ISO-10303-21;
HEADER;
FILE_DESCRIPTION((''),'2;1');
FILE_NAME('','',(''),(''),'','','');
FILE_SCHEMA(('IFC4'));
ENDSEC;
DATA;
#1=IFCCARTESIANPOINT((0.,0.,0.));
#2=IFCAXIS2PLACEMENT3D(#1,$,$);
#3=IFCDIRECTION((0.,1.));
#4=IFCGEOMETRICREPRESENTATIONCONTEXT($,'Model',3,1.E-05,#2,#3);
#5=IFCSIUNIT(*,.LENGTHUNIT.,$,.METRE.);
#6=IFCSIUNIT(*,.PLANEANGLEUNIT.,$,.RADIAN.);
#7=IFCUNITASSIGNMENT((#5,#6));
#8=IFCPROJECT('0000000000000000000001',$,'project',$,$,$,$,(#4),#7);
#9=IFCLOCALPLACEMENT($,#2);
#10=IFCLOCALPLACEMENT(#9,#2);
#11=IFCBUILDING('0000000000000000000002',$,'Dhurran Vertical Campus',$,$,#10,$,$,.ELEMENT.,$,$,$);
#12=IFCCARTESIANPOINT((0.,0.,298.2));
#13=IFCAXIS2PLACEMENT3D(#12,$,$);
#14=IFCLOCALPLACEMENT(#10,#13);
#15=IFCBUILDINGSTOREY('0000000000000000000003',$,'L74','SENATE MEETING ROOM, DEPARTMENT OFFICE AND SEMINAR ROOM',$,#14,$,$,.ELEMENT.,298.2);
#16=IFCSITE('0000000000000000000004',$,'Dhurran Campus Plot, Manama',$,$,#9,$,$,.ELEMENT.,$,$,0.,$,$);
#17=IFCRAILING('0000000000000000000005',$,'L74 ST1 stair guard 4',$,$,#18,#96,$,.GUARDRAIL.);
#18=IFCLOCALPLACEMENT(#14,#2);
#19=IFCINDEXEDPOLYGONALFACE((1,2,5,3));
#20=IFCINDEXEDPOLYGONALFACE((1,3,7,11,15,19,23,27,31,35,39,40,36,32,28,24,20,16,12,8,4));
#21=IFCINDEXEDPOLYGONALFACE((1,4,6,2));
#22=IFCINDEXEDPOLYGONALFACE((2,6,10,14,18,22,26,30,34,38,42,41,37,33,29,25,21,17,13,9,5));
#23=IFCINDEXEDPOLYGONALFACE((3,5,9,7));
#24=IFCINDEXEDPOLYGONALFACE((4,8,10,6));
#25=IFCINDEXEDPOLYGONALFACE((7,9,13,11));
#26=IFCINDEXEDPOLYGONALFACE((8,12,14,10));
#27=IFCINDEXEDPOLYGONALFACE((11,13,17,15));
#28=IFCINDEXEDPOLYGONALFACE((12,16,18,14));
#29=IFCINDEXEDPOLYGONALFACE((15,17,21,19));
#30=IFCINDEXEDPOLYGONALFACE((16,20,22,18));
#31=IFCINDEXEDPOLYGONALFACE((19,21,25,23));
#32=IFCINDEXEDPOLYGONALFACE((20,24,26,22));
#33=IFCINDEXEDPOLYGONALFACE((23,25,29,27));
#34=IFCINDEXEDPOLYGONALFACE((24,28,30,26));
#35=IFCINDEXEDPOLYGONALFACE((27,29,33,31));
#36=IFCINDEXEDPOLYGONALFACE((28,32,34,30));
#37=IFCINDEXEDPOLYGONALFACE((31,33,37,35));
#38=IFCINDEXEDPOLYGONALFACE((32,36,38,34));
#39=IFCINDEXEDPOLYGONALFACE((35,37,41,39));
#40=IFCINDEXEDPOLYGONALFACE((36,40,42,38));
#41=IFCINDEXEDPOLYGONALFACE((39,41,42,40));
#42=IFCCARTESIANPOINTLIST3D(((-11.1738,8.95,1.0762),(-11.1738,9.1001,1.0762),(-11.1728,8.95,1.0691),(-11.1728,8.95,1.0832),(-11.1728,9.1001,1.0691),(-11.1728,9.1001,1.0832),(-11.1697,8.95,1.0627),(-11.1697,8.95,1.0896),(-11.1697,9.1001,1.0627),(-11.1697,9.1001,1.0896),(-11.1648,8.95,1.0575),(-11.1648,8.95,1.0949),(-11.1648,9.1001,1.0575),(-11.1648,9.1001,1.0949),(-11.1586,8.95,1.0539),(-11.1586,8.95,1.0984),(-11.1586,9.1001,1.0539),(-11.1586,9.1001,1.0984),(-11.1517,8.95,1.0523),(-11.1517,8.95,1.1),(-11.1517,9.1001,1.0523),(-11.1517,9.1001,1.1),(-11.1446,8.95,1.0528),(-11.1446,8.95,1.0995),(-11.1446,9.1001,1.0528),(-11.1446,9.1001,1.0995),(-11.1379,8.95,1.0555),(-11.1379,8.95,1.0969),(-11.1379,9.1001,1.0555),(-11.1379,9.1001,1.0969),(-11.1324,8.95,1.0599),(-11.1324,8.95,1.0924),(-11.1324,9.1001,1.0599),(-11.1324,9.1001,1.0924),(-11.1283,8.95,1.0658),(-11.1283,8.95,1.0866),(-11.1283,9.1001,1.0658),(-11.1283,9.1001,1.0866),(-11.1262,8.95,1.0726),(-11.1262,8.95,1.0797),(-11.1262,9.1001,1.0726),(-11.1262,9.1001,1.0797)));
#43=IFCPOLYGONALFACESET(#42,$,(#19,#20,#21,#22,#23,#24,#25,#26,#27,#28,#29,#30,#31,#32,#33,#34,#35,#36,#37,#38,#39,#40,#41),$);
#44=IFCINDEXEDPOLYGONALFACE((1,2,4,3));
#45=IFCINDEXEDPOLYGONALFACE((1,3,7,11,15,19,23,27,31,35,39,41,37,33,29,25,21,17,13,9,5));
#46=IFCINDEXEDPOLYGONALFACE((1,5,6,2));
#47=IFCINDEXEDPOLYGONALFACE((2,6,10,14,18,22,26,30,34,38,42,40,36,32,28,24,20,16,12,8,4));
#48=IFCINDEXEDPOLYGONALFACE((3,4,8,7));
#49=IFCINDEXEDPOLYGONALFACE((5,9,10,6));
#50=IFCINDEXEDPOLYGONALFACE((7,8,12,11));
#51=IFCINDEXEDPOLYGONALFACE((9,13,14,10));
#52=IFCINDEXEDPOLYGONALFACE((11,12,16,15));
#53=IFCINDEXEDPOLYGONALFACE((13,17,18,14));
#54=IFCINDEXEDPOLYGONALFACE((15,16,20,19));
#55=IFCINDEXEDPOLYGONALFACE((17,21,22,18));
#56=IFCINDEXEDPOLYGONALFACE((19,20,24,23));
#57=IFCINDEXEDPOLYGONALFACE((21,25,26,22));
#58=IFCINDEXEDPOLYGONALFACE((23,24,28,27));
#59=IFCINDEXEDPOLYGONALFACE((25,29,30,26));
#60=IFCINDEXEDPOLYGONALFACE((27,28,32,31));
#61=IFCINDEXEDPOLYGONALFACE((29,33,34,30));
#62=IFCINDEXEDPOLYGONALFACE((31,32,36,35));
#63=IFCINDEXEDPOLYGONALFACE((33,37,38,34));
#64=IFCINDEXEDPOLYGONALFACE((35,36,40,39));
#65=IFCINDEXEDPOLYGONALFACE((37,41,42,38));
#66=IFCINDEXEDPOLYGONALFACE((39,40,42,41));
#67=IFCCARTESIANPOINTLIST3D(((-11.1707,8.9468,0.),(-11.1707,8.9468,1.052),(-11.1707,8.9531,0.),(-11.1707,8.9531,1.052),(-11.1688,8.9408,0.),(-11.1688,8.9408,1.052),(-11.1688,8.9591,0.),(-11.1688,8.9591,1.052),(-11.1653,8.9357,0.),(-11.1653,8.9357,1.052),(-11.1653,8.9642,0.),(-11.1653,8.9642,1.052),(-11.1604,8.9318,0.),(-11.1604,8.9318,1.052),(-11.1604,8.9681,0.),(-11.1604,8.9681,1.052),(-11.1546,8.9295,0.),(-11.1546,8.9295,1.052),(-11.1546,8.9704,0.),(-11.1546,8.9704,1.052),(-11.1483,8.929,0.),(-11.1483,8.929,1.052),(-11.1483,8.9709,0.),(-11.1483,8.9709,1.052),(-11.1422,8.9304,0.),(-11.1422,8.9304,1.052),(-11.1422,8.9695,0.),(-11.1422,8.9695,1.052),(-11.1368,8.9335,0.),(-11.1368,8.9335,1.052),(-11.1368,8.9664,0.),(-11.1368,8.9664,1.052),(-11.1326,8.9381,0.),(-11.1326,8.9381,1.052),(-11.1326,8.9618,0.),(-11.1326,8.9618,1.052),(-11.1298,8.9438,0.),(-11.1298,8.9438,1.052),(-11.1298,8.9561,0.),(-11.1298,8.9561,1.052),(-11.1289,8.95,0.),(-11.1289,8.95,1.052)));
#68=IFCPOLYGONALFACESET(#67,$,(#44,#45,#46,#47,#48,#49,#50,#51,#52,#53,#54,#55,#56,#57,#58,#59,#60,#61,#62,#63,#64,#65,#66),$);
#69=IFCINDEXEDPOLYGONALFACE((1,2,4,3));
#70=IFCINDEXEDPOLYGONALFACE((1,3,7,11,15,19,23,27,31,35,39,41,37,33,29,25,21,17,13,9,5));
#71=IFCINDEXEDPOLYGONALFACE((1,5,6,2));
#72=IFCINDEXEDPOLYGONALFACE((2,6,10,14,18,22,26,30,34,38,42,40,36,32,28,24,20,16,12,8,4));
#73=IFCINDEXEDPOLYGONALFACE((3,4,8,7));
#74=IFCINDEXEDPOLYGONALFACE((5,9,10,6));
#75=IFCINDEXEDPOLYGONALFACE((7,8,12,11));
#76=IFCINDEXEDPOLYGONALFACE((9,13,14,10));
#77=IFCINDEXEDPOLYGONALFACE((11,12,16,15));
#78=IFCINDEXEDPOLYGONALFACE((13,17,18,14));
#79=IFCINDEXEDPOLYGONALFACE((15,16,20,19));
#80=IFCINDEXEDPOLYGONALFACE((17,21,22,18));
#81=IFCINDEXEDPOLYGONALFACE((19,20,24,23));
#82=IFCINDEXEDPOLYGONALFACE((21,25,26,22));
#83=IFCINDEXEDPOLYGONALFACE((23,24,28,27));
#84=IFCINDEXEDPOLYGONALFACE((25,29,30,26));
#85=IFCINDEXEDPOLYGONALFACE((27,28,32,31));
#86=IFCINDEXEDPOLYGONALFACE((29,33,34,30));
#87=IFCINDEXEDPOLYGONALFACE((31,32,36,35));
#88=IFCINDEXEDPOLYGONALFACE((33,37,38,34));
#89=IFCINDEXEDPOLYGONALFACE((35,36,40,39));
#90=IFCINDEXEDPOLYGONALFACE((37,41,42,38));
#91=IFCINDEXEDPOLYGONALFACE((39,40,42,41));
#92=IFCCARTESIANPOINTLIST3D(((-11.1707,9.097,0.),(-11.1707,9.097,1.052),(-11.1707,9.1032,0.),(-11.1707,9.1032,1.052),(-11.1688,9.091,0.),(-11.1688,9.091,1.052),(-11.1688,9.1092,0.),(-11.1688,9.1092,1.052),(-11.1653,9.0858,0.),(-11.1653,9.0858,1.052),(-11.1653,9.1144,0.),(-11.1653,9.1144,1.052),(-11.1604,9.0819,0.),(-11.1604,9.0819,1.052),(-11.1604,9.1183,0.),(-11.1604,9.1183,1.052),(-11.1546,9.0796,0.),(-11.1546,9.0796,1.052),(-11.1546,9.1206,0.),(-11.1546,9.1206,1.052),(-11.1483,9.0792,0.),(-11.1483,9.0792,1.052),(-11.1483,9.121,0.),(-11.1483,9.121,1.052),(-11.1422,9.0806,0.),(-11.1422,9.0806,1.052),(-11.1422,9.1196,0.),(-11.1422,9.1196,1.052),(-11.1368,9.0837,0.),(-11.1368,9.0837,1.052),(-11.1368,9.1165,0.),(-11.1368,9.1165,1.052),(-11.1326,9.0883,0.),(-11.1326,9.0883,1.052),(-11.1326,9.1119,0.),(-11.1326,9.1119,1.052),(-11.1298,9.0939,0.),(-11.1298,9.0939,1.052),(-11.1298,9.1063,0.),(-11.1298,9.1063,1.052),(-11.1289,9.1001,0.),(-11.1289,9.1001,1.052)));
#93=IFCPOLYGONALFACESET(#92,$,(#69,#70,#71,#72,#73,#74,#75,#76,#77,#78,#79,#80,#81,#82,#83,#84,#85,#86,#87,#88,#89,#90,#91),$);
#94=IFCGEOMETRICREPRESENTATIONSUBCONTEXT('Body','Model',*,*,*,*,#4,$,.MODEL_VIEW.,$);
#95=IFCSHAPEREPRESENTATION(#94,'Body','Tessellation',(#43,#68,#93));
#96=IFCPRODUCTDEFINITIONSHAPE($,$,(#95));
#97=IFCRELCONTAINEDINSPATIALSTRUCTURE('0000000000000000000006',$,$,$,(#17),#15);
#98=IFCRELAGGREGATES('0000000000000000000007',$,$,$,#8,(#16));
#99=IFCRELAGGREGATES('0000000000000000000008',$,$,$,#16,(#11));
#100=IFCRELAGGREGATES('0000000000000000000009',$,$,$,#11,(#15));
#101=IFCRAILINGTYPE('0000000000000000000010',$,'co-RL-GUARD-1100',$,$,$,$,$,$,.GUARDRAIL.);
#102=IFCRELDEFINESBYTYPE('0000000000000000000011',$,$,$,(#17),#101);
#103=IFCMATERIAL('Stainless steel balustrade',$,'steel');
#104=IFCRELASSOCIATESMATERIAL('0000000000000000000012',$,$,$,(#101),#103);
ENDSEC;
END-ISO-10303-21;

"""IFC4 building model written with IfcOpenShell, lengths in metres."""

from ifc_helpers import new_model, si_unit, direction, frame, origin, origin_2d, place, context, subcontext, project, spatial, circle, extrude, material, type_object, element, save


model = new_model("IFC4")

# Units and contexts
model_context = context("Model", 3, precision=1e-05, world=origin(), true_north=direction((0.0, 1.0)))
body_context = subcontext(model_context, "Body", "Model", "MODEL_VIEW")
ifc_project = project(units=[si_unit("LENGTHUNIT", "METRE"), si_unit("PLANEANGLEUNIT", "RADIAN")], contexts=[model_context])

# Site, building, storey
site_placement = place(None, origin())
site = spatial("IfcSite", under=ifc_project, at=site_placement, Name="Dhurran Campus Plot, Manama", CompositionType="ELEMENT", RefElevation=0.0)
building_placement = place(site_placement, origin())
building = spatial("IfcBuilding", under=site, at=building_placement, Name="Dhurran Vertical Campus", CompositionType="ELEMENT")
storey_placement = place(building_placement, frame((0.0, 0.0, 298.2)))
storey = spatial("IfcBuildingStorey", under=building, at=storey_placement, Name="L74", Description="SENATE MEETING ROOM, DEPARTMENT OFFICE AND SEMINAR ROOM", CompositionType="ELEMENT", Elevation=298.2)

# Railing
ifc_material_1 = material(Name="Stainless steel balustrade", Category="steel")
railing_type_1 = type_object("IfcRailingType", Name="co-RL-GUARD-1100", PredefinedType="GUARDRAIL", material=ifc_material_1)
railing_1_placement = place(storey_placement, frame((-11.1499, 8.95, 0.0)))
element("IfcRailing", 1, at=railing_1_placement, inside=storey, type_object=railing_type_1, Name="L74 ST1 stair guard 4", PredefinedType="GUARDRAIL", context=body_context, shape_type="SweptSolid", body=[
    extrude(circle(Radius=0.0239, at=origin_2d()), frame((0.0, 0.0, 1.0762), z_axis=(0.0, 1.0, 0.0), x_axis=(-1.0, 0.0, 0.0)), (0.0, 0.0, 1.0), 0.1501),
    extrude(circle(Radius=0.021, at=origin_2d()), origin(), (0.0, 0.0, 1.0), 1.052),
    extrude(circle(Radius=0.021, at=origin_2d()), frame((0.0, 0.1501, 0.0)), (0.0, 0.0, 1.0), 1.052),
])

save(model, "model.ifc")
